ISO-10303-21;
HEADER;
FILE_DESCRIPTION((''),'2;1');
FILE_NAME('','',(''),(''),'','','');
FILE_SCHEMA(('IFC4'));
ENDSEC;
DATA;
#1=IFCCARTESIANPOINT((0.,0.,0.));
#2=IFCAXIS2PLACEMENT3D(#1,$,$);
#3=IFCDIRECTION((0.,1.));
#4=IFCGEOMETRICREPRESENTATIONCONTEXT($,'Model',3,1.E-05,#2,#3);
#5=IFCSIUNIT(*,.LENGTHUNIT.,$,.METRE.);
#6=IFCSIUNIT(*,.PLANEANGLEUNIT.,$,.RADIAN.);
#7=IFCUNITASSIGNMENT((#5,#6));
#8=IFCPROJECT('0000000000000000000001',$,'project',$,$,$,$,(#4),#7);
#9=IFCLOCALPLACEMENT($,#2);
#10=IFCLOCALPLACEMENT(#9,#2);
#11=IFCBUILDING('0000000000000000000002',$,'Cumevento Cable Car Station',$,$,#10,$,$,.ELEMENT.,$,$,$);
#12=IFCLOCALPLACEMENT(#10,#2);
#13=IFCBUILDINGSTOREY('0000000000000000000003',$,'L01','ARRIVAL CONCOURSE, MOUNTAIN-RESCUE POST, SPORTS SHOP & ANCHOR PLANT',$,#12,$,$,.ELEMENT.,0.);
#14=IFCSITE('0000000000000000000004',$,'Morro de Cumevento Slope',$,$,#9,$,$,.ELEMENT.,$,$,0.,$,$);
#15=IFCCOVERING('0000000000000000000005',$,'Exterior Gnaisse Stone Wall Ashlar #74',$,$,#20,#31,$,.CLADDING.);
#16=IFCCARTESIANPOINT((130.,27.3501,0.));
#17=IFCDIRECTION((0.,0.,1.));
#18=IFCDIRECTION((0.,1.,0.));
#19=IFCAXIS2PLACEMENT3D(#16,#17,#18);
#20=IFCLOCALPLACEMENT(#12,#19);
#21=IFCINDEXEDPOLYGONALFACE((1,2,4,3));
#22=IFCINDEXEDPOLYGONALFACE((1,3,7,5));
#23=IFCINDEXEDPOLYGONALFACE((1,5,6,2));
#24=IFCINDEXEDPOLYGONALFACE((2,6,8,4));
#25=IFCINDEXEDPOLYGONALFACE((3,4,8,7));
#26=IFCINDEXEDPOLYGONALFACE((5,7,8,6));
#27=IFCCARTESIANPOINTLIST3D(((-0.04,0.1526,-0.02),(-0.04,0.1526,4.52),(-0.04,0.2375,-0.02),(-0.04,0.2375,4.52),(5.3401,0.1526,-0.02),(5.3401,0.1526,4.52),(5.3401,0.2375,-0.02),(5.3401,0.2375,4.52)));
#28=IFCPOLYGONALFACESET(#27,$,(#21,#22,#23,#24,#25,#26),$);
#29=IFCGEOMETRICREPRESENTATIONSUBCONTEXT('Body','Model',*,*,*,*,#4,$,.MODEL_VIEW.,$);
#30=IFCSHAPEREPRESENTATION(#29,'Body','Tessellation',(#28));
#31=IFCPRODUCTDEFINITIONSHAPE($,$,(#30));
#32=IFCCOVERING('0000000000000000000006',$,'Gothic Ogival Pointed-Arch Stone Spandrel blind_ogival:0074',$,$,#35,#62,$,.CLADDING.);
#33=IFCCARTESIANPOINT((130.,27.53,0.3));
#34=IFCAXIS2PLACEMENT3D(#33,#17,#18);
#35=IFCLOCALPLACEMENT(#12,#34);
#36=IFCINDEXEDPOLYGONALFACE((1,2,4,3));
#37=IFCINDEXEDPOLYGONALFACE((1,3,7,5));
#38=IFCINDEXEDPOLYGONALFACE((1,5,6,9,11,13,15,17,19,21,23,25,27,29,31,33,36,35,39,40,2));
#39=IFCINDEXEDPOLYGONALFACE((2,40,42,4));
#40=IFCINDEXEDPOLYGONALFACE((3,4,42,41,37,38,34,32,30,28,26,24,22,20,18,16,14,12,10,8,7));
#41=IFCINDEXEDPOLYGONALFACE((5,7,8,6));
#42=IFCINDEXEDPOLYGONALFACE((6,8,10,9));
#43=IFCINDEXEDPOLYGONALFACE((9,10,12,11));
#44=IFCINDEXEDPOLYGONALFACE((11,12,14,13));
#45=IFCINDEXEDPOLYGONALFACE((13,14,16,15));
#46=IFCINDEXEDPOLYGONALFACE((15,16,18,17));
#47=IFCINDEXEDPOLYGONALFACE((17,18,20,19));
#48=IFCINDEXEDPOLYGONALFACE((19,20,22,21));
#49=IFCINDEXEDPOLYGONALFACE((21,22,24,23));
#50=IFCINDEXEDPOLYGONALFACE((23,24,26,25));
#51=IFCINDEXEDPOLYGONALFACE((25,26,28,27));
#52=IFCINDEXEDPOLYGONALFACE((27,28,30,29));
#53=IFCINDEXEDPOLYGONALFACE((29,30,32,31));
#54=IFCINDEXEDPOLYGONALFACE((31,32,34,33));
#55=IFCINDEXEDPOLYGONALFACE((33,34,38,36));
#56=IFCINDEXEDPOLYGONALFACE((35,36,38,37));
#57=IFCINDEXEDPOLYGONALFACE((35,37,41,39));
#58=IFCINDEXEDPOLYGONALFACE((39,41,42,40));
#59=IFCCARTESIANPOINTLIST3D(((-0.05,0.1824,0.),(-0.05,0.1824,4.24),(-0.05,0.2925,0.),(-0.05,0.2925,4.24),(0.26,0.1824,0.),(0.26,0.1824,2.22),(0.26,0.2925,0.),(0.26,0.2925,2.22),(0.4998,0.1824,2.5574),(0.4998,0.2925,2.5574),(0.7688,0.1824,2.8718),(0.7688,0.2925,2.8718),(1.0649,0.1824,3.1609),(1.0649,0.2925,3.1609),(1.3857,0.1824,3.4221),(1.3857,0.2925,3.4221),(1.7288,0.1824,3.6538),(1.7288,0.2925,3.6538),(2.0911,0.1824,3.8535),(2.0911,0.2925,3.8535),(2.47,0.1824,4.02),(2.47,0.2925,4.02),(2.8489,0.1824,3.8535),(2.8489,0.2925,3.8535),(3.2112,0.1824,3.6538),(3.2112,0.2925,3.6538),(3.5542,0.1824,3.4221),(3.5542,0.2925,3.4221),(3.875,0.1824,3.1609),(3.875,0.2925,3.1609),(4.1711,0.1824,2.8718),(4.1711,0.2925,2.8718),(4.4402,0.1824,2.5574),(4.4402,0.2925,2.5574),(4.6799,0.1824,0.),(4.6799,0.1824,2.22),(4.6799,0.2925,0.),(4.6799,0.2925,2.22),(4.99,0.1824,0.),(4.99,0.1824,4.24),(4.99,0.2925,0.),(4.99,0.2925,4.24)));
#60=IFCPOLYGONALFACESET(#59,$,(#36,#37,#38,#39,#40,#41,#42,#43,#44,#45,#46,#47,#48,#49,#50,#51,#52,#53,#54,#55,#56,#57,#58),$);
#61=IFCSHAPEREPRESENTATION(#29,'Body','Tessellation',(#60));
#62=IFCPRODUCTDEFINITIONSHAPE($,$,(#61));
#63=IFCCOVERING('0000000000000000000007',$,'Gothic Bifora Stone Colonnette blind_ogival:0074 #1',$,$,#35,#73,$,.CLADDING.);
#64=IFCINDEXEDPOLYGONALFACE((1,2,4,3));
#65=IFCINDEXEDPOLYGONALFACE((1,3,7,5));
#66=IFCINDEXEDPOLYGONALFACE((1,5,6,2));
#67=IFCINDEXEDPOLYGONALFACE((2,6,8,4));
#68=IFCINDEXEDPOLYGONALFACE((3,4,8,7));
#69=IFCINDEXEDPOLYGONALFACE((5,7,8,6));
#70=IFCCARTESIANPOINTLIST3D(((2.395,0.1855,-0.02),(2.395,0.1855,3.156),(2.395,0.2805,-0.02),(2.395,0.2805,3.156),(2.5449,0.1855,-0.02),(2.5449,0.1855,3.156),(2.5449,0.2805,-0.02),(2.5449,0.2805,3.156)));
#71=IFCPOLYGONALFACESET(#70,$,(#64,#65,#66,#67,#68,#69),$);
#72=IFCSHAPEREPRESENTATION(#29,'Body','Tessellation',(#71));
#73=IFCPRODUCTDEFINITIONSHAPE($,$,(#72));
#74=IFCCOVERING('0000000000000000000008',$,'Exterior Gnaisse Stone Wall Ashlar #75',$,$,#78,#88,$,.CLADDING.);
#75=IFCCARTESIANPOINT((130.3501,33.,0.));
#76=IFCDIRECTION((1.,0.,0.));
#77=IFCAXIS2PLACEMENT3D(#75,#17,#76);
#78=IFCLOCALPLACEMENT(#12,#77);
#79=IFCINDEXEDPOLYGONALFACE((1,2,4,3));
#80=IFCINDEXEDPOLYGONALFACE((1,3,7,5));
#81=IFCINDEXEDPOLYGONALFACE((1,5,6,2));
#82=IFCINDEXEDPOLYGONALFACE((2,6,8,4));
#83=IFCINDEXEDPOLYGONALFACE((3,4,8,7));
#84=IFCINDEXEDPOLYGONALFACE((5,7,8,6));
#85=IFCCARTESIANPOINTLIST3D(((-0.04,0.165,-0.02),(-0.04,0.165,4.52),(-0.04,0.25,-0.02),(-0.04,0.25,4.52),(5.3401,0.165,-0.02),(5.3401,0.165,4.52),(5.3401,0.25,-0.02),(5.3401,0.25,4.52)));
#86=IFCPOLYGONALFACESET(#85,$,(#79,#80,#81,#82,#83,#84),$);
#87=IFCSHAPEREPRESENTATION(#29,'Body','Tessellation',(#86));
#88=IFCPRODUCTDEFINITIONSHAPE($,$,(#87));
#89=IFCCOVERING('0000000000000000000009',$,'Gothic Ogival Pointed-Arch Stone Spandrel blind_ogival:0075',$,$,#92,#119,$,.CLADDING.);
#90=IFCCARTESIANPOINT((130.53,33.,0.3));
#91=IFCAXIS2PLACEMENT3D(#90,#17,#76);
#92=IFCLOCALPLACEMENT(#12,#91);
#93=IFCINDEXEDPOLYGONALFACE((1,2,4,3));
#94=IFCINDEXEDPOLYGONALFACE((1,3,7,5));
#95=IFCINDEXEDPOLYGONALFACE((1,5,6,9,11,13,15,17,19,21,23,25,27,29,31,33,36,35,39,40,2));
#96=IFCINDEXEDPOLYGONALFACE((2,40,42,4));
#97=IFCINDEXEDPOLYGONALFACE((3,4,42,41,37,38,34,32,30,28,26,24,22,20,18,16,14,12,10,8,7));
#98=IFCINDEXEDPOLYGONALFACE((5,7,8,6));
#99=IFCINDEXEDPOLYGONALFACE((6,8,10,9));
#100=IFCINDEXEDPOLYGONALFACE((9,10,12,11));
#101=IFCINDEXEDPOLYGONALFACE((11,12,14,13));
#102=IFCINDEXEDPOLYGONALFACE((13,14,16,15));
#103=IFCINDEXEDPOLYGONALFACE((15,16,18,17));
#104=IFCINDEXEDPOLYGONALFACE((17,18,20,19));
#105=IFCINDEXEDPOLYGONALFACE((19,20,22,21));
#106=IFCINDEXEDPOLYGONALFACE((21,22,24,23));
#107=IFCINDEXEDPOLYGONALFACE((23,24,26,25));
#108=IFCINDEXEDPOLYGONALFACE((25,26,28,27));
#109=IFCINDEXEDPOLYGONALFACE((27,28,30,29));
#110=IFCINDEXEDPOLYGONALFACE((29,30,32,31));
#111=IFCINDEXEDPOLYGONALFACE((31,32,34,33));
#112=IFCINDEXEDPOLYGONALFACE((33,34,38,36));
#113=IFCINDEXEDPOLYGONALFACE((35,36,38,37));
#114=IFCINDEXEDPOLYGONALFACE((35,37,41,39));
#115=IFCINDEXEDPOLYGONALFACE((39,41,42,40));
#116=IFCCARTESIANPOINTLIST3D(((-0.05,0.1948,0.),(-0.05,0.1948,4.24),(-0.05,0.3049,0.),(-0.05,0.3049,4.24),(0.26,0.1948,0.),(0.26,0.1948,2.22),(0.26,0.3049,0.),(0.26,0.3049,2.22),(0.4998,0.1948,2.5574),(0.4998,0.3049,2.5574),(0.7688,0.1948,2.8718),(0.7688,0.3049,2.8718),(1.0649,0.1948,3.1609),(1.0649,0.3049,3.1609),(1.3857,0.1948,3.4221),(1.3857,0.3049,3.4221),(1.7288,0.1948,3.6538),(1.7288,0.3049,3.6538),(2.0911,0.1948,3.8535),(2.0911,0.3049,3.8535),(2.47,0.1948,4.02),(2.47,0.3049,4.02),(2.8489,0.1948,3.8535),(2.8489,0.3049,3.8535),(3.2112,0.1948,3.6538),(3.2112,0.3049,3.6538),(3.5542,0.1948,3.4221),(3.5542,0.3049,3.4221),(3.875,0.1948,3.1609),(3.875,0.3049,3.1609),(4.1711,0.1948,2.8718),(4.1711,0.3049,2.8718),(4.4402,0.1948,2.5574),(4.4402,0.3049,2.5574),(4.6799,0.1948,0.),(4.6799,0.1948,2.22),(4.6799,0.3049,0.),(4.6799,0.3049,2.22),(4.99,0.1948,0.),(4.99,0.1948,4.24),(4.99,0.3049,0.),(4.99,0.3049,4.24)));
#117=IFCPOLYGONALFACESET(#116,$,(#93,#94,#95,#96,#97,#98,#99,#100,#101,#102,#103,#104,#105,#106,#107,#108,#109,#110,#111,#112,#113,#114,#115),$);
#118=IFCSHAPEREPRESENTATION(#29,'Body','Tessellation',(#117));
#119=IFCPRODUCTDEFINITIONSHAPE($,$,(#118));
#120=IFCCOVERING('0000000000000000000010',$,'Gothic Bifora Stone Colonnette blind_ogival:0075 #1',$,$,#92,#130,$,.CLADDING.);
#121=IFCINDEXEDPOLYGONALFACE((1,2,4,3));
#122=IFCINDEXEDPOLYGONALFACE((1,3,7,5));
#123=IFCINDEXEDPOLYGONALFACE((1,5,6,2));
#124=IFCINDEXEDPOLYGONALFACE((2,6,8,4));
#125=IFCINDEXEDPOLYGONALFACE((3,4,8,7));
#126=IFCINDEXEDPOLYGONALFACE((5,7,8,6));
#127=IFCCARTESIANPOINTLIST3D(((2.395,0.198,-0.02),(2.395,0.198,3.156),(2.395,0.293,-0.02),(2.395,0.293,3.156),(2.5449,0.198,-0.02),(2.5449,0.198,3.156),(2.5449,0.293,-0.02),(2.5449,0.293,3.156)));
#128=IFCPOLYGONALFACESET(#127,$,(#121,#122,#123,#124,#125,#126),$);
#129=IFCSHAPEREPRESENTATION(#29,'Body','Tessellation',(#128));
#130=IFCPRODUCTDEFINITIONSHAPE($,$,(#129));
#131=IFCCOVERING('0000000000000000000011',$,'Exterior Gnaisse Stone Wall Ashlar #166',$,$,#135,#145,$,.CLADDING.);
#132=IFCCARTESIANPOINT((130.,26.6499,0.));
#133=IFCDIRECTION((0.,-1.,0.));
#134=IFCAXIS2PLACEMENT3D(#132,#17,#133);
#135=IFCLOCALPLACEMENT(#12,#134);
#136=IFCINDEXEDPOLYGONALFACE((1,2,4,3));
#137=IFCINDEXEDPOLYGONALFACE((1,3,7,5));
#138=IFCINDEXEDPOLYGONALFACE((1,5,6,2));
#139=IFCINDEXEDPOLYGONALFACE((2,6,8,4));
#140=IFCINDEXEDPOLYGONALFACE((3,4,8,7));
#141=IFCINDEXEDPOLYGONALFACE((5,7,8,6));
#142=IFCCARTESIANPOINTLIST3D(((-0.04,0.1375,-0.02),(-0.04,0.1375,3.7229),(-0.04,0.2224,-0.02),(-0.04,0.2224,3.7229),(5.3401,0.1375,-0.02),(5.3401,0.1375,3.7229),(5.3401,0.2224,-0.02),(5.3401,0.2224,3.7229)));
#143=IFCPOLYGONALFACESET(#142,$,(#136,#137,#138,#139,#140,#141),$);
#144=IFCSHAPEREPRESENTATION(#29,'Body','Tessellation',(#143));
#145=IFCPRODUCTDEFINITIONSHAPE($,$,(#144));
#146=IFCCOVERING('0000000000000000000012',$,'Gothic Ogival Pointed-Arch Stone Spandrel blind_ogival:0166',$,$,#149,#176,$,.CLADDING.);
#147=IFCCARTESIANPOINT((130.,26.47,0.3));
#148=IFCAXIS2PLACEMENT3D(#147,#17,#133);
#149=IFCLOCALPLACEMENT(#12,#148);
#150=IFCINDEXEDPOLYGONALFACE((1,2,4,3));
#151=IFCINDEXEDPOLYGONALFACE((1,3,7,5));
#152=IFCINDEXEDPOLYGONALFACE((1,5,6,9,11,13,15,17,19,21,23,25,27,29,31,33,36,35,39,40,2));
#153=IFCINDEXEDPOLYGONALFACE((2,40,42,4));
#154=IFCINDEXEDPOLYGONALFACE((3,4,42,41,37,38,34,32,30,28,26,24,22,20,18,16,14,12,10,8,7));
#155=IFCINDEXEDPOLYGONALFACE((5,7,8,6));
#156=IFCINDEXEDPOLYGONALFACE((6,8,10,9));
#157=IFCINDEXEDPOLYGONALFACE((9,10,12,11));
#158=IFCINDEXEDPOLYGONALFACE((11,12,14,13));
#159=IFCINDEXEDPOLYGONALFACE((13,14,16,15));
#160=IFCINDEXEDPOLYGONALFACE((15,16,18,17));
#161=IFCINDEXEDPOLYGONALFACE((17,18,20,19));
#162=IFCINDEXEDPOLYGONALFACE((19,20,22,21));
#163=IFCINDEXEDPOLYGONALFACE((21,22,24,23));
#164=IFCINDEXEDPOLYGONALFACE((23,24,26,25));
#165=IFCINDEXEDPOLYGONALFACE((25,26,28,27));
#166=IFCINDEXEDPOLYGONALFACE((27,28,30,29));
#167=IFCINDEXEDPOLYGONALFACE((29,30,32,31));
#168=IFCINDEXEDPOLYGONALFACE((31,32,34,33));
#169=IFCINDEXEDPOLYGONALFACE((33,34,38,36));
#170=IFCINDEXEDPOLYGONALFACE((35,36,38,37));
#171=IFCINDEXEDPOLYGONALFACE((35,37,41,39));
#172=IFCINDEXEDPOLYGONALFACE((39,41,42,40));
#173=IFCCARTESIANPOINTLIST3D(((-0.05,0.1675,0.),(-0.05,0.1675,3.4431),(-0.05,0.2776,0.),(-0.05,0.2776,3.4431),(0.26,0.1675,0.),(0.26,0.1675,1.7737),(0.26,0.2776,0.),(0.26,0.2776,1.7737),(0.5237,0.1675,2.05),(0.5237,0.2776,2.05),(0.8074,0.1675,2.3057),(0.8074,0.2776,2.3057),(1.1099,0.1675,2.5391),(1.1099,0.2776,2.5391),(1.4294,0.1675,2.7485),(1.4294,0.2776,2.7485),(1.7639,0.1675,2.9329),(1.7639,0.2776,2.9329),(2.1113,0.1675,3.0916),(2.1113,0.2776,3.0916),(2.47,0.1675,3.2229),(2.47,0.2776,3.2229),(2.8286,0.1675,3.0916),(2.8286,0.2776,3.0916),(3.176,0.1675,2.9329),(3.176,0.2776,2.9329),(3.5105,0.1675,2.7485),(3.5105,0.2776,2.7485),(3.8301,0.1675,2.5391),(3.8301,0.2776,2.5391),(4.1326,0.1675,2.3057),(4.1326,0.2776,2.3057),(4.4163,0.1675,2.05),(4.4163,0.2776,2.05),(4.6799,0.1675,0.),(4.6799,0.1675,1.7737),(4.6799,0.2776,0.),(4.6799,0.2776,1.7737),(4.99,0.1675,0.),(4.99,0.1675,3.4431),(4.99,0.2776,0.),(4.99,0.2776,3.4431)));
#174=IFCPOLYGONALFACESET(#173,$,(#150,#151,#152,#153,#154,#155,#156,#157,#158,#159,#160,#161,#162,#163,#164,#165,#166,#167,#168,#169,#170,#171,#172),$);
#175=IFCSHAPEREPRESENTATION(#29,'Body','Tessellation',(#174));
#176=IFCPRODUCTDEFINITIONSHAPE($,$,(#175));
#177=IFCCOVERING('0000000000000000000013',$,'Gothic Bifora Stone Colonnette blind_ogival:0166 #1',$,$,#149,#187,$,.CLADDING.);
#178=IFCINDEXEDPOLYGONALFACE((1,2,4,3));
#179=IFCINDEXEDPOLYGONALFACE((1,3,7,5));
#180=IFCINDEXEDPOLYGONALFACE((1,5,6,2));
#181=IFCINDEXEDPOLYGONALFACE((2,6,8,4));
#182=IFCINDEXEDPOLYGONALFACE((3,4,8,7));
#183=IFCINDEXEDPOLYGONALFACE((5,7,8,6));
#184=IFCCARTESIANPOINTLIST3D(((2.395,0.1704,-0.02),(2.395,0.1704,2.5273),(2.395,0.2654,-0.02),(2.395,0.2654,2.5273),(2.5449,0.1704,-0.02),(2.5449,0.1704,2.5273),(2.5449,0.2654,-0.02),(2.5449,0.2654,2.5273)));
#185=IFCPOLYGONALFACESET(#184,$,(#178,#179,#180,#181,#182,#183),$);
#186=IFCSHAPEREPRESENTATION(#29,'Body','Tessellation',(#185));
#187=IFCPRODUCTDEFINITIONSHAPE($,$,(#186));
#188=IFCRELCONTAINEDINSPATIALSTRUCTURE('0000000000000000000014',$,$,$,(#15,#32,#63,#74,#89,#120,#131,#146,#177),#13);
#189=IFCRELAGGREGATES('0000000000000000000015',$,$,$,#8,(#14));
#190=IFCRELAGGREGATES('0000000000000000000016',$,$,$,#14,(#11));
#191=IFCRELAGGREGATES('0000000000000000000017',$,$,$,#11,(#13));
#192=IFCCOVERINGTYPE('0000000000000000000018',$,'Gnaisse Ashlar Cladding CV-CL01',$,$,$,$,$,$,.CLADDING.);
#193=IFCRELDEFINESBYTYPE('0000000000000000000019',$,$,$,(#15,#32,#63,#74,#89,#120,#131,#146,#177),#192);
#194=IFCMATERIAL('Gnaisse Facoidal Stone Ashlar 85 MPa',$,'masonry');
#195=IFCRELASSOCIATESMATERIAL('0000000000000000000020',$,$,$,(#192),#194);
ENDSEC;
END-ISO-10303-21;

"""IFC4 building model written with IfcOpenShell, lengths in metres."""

from ifc_helpers import new_model, si_unit, direction, frame, origin, place, context, subcontext, project, spatial, polyline, outline, extrude, material, type_object, element, save


model = new_model("IFC4")

# Units and contexts
model_context = context("Model", 3, precision=1e-05, world=origin(), true_north=direction((0.0, 1.0)))
body_context = subcontext(model_context, "Body", "Model", "MODEL_VIEW")
ifc_project = project(units=[si_unit("LENGTHUNIT", "METRE"), si_unit("PLANEANGLEUNIT", "RADIAN")], contexts=[model_context])

# Site, building, storey
site_placement = place(None, origin())
site = spatial("IfcSite", under=ifc_project, at=site_placement, Name="Morro de Cumevento Slope", CompositionType="ELEMENT", RefElevation=0.0)
building_placement = place(site_placement, origin())
building = spatial("IfcBuilding", under=site, at=building_placement, Name="Cumevento Cable Car Station", CompositionType="ELEMENT")
storey_placement = place(building_placement, origin())
storey = spatial("IfcBuildingStorey", under=building, at=storey_placement, Name="L01", Description="ARRIVAL CONCOURSE, MOUNTAIN-RESCUE POST, SPORTS SHOP & ANCHOR PLANT", CompositionType="ELEMENT", Elevation=0.0)

# Coverings
ifc_material_1 = material(Name="Gnaisse Facoidal Stone Ashlar 85 MPa", Category="masonry")
covering_type = type_object("IfcCoveringType", Name="Gnaisse Ashlar Cladding CV-CL01", PredefinedType="CLADDING", material=ifc_material_1)
covering_1_placement = place(storey_placement, frame((130.0, 27.3501, 0.0), z_axis=(0.0, 0.0, 1.0), x_axis=(0.0, 1.0, 0.0)))
element("IfcCovering", 1, at=covering_1_placement, inside=storey, type_object=covering_type, Name="Exterior Gnaisse Stone Wall Ashlar #74", PredefinedType="CLADDING", context=body_context, shape_type="SweptSolid", body=[
    extrude(outline(polyline([(-0.04, -0.02), (5.3401, -0.02), (5.3401, 4.52), (-0.04, 4.52), (-0.04, -0.02)])), frame((0.0, 0.2375, 0.0), z_axis=(0.0, -1.0, 0.0), x_axis=(1.0, 0.0, 0.0)), (0.0, 0.0, 1.0), 0.085),
])
placement_1 = place(storey_placement, frame((130.0, 27.53, 0.3), z_axis=(0.0, 0.0, 1.0), x_axis=(0.0, 1.0, 0.0)))
element("IfcCovering", 2, at=placement_1, inside=storey, type_object=covering_type, Name="Gothic Ogival Pointed-Arch Stone Spandrel blind_ogival:0074", PredefinedType="CLADDING", context=body_context, shape_type="SweptSolid", body=[
    extrude(outline(polyline([(-0.05, 0.0), (-0.05, 4.24), (4.99, 4.24), (4.99, 0.0), (4.6799, 0.0), (4.6799, 2.22), (4.4402, 2.5574), (4.1711, 2.8718), (3.875, 3.1609), (3.5542, 3.4221), (3.2112, 3.6538), (2.8489, 3.8535), (2.47, 4.02), (2.0911, 3.8535), (1.7288, 3.6538), (1.3857, 3.4221), (1.0649, 3.1609), (0.7688, 2.8718), (0.4998, 2.5574), (0.26, 2.22), (0.26, 0.0), (-0.05, 0.0)])), frame((0.0, 0.2925, 0.0), z_axis=(0.0, -1.0, 0.0), x_axis=(1.0, 0.0, 0.0)), (0.0, 0.0, 1.0), 0.1101),
])
element("IfcCovering", 3, at=placement_1, inside=storey, type_object=covering_type, Name="Gothic Bifora Stone Colonnette blind_ogival:0074 #1", PredefinedType="CLADDING", context=body_context, shape_type="SweptSolid", body=[
    extrude(outline(polyline([(2.395, -0.02), (2.5449, -0.02), (2.5449, 3.156), (2.395, 3.156), (2.395, -0.02)])), frame((0.0, 0.2805, 0.0), z_axis=(0.0, -1.0, 0.0), x_axis=(1.0, 0.0, 0.0)), (0.0, 0.0, 1.0), 0.095),
])
covering_2_placement = place(storey_placement, frame((130.3501, 33.0, 0.0), z_axis=(0.0, 0.0, 1.0), x_axis=(1.0, 0.0, 0.0)))
element("IfcCovering", 4, at=covering_2_placement, inside=storey, type_object=covering_type, Name="Exterior Gnaisse Stone Wall Ashlar #75", PredefinedType="CLADDING", context=body_context, shape_type="SweptSolid", body=[
    extrude(outline(polyline([(-0.04, -0.02), (5.3401, -0.02), (5.3401, 4.52), (-0.04, 4.52), (-0.04, -0.02)])), frame((0.0, 0.25, 0.0), z_axis=(0.0, -1.0, 0.0), x_axis=(1.0, 0.0, 0.0)), (0.0, 0.0, 1.0), 0.085),
])
placement_2 = place(storey_placement, frame((130.53, 33.0, 0.3), z_axis=(0.0, 0.0, 1.0), x_axis=(1.0, 0.0, 0.0)))
element("IfcCovering", 5, at=placement_2, inside=storey, type_object=covering_type, Name="Gothic Ogival Pointed-Arch Stone Spandrel blind_ogival:0075", PredefinedType="CLADDING", context=body_context, shape_type="SweptSolid", body=[
    extrude(outline(polyline([(-0.05, 0.0), (-0.05, 4.24), (4.99, 4.24), (4.99, 0.0), (4.6799, 0.0), (4.6799, 2.22), (4.4402, 2.5574), (4.1711, 2.8718), (3.875, 3.1609), (3.5542, 3.4221), (3.2112, 3.6538), (2.8489, 3.8535), (2.47, 4.02), (2.0911, 3.8535), (1.7288, 3.6538), (1.3857, 3.4221), (1.0649, 3.1609), (0.7688, 2.8718), (0.4998, 2.5574), (0.26, 2.22), (0.26, 0.0), (-0.05, 0.0)])), frame((0.0, 0.3049, 0.0), z_axis=(0.0, -1.0, 0.0), x_axis=(1.0, 0.0, 0.0)), (0.0, 0.0, 1.0), 0.1101),
])
element("IfcCovering", 6, at=placement_2, inside=storey, type_object=covering_type, Name="Gothic Bifora Stone Colonnette blind_ogival:0075 #1", PredefinedType="CLADDING", context=body_context, shape_type="SweptSolid", body=[
    extrude(outline(polyline([(2.395, -0.02), (2.5449, -0.02), (2.5449, 3.156), (2.395, 3.156), (2.395, -0.02)])), frame((0.0, 0.293, 0.0), z_axis=(0.0, -1.0, 0.0), x_axis=(1.0, 0.0, 0.0)), (0.0, 0.0, 1.0), 0.095),
])
covering_3_placement = place(storey_placement, frame((130.0, 26.6499, 0.0), z_axis=(0.0, 0.0, 1.0), x_axis=(0.0, -1.0, 0.0)))
element("IfcCovering", 7, at=covering_3_placement, inside=storey, type_object=covering_type, Name="Exterior Gnaisse Stone Wall Ashlar #166", PredefinedType="CLADDING", context=body_context, shape_type="SweptSolid", body=[
    extrude(outline(polyline([(-0.04, -0.02), (5.3401, -0.02), (5.3401, 3.7229), (-0.04, 3.7229), (-0.04, -0.02)])), frame((0.0, 0.2224, 0.0), z_axis=(0.0, -1.0, 0.0), x_axis=(1.0, 0.0, 0.0)), (0.0, 0.0, 1.0), 0.085),
])
placement_3 = place(storey_placement, frame((130.0, 26.47, 0.3), z_axis=(0.0, 0.0, 1.0), x_axis=(0.0, -1.0, 0.0)))
element("IfcCovering", 8, at=placement_3, inside=storey, type_object=covering_type, Name="Gothic Ogival Pointed-Arch Stone Spandrel blind_ogival:0166", PredefinedType="CLADDING", context=body_context, shape_type="SweptSolid", body=[
    extrude(outline(polyline([(-0.05, 0.0), (-0.05, 3.4431), (4.99, 3.4431), (4.99, 0.0), (4.6799, 0.0), (4.6799, 1.7737), (4.4163, 2.05), (4.1326, 2.3057), (3.8301, 2.5391), (3.5105, 2.7485), (3.176, 2.9329), (2.8286, 3.0916), (2.47, 3.2229), (2.1113, 3.0916), (1.7639, 2.9329), (1.4294, 2.7485), (1.1099, 2.5391), (0.8074, 2.3057), (0.5237, 2.05), (0.26, 1.7737), (0.26, 0.0), (-0.05, 0.0)])), frame((0.0, 0.2776, 0.0), z_axis=(0.0, -1.0, 0.0), x_axis=(1.0, 0.0, 0.0)), (0.0, 0.0, 1.0), 0.1101),
])
element("IfcCovering", 9, at=placement_3, inside=storey, type_object=covering_type, Name="Gothic Bifora Stone Colonnette blind_ogival:0166 #1", PredefinedType="CLADDING", context=body_context, shape_type="SweptSolid", body=[
    extrude(outline(polyline([(2.395, -0.02), (2.5449, -0.02), (2.5449, 2.5273), (2.395, 2.5273), (2.395, -0.02)])), frame((0.0, 0.2654, 0.0), z_axis=(0.0, -1.0, 0.0), x_axis=(1.0, 0.0, 0.0)), (0.0, 0.0, 1.0), 0.095),
])

save(model, "model.ifc")
